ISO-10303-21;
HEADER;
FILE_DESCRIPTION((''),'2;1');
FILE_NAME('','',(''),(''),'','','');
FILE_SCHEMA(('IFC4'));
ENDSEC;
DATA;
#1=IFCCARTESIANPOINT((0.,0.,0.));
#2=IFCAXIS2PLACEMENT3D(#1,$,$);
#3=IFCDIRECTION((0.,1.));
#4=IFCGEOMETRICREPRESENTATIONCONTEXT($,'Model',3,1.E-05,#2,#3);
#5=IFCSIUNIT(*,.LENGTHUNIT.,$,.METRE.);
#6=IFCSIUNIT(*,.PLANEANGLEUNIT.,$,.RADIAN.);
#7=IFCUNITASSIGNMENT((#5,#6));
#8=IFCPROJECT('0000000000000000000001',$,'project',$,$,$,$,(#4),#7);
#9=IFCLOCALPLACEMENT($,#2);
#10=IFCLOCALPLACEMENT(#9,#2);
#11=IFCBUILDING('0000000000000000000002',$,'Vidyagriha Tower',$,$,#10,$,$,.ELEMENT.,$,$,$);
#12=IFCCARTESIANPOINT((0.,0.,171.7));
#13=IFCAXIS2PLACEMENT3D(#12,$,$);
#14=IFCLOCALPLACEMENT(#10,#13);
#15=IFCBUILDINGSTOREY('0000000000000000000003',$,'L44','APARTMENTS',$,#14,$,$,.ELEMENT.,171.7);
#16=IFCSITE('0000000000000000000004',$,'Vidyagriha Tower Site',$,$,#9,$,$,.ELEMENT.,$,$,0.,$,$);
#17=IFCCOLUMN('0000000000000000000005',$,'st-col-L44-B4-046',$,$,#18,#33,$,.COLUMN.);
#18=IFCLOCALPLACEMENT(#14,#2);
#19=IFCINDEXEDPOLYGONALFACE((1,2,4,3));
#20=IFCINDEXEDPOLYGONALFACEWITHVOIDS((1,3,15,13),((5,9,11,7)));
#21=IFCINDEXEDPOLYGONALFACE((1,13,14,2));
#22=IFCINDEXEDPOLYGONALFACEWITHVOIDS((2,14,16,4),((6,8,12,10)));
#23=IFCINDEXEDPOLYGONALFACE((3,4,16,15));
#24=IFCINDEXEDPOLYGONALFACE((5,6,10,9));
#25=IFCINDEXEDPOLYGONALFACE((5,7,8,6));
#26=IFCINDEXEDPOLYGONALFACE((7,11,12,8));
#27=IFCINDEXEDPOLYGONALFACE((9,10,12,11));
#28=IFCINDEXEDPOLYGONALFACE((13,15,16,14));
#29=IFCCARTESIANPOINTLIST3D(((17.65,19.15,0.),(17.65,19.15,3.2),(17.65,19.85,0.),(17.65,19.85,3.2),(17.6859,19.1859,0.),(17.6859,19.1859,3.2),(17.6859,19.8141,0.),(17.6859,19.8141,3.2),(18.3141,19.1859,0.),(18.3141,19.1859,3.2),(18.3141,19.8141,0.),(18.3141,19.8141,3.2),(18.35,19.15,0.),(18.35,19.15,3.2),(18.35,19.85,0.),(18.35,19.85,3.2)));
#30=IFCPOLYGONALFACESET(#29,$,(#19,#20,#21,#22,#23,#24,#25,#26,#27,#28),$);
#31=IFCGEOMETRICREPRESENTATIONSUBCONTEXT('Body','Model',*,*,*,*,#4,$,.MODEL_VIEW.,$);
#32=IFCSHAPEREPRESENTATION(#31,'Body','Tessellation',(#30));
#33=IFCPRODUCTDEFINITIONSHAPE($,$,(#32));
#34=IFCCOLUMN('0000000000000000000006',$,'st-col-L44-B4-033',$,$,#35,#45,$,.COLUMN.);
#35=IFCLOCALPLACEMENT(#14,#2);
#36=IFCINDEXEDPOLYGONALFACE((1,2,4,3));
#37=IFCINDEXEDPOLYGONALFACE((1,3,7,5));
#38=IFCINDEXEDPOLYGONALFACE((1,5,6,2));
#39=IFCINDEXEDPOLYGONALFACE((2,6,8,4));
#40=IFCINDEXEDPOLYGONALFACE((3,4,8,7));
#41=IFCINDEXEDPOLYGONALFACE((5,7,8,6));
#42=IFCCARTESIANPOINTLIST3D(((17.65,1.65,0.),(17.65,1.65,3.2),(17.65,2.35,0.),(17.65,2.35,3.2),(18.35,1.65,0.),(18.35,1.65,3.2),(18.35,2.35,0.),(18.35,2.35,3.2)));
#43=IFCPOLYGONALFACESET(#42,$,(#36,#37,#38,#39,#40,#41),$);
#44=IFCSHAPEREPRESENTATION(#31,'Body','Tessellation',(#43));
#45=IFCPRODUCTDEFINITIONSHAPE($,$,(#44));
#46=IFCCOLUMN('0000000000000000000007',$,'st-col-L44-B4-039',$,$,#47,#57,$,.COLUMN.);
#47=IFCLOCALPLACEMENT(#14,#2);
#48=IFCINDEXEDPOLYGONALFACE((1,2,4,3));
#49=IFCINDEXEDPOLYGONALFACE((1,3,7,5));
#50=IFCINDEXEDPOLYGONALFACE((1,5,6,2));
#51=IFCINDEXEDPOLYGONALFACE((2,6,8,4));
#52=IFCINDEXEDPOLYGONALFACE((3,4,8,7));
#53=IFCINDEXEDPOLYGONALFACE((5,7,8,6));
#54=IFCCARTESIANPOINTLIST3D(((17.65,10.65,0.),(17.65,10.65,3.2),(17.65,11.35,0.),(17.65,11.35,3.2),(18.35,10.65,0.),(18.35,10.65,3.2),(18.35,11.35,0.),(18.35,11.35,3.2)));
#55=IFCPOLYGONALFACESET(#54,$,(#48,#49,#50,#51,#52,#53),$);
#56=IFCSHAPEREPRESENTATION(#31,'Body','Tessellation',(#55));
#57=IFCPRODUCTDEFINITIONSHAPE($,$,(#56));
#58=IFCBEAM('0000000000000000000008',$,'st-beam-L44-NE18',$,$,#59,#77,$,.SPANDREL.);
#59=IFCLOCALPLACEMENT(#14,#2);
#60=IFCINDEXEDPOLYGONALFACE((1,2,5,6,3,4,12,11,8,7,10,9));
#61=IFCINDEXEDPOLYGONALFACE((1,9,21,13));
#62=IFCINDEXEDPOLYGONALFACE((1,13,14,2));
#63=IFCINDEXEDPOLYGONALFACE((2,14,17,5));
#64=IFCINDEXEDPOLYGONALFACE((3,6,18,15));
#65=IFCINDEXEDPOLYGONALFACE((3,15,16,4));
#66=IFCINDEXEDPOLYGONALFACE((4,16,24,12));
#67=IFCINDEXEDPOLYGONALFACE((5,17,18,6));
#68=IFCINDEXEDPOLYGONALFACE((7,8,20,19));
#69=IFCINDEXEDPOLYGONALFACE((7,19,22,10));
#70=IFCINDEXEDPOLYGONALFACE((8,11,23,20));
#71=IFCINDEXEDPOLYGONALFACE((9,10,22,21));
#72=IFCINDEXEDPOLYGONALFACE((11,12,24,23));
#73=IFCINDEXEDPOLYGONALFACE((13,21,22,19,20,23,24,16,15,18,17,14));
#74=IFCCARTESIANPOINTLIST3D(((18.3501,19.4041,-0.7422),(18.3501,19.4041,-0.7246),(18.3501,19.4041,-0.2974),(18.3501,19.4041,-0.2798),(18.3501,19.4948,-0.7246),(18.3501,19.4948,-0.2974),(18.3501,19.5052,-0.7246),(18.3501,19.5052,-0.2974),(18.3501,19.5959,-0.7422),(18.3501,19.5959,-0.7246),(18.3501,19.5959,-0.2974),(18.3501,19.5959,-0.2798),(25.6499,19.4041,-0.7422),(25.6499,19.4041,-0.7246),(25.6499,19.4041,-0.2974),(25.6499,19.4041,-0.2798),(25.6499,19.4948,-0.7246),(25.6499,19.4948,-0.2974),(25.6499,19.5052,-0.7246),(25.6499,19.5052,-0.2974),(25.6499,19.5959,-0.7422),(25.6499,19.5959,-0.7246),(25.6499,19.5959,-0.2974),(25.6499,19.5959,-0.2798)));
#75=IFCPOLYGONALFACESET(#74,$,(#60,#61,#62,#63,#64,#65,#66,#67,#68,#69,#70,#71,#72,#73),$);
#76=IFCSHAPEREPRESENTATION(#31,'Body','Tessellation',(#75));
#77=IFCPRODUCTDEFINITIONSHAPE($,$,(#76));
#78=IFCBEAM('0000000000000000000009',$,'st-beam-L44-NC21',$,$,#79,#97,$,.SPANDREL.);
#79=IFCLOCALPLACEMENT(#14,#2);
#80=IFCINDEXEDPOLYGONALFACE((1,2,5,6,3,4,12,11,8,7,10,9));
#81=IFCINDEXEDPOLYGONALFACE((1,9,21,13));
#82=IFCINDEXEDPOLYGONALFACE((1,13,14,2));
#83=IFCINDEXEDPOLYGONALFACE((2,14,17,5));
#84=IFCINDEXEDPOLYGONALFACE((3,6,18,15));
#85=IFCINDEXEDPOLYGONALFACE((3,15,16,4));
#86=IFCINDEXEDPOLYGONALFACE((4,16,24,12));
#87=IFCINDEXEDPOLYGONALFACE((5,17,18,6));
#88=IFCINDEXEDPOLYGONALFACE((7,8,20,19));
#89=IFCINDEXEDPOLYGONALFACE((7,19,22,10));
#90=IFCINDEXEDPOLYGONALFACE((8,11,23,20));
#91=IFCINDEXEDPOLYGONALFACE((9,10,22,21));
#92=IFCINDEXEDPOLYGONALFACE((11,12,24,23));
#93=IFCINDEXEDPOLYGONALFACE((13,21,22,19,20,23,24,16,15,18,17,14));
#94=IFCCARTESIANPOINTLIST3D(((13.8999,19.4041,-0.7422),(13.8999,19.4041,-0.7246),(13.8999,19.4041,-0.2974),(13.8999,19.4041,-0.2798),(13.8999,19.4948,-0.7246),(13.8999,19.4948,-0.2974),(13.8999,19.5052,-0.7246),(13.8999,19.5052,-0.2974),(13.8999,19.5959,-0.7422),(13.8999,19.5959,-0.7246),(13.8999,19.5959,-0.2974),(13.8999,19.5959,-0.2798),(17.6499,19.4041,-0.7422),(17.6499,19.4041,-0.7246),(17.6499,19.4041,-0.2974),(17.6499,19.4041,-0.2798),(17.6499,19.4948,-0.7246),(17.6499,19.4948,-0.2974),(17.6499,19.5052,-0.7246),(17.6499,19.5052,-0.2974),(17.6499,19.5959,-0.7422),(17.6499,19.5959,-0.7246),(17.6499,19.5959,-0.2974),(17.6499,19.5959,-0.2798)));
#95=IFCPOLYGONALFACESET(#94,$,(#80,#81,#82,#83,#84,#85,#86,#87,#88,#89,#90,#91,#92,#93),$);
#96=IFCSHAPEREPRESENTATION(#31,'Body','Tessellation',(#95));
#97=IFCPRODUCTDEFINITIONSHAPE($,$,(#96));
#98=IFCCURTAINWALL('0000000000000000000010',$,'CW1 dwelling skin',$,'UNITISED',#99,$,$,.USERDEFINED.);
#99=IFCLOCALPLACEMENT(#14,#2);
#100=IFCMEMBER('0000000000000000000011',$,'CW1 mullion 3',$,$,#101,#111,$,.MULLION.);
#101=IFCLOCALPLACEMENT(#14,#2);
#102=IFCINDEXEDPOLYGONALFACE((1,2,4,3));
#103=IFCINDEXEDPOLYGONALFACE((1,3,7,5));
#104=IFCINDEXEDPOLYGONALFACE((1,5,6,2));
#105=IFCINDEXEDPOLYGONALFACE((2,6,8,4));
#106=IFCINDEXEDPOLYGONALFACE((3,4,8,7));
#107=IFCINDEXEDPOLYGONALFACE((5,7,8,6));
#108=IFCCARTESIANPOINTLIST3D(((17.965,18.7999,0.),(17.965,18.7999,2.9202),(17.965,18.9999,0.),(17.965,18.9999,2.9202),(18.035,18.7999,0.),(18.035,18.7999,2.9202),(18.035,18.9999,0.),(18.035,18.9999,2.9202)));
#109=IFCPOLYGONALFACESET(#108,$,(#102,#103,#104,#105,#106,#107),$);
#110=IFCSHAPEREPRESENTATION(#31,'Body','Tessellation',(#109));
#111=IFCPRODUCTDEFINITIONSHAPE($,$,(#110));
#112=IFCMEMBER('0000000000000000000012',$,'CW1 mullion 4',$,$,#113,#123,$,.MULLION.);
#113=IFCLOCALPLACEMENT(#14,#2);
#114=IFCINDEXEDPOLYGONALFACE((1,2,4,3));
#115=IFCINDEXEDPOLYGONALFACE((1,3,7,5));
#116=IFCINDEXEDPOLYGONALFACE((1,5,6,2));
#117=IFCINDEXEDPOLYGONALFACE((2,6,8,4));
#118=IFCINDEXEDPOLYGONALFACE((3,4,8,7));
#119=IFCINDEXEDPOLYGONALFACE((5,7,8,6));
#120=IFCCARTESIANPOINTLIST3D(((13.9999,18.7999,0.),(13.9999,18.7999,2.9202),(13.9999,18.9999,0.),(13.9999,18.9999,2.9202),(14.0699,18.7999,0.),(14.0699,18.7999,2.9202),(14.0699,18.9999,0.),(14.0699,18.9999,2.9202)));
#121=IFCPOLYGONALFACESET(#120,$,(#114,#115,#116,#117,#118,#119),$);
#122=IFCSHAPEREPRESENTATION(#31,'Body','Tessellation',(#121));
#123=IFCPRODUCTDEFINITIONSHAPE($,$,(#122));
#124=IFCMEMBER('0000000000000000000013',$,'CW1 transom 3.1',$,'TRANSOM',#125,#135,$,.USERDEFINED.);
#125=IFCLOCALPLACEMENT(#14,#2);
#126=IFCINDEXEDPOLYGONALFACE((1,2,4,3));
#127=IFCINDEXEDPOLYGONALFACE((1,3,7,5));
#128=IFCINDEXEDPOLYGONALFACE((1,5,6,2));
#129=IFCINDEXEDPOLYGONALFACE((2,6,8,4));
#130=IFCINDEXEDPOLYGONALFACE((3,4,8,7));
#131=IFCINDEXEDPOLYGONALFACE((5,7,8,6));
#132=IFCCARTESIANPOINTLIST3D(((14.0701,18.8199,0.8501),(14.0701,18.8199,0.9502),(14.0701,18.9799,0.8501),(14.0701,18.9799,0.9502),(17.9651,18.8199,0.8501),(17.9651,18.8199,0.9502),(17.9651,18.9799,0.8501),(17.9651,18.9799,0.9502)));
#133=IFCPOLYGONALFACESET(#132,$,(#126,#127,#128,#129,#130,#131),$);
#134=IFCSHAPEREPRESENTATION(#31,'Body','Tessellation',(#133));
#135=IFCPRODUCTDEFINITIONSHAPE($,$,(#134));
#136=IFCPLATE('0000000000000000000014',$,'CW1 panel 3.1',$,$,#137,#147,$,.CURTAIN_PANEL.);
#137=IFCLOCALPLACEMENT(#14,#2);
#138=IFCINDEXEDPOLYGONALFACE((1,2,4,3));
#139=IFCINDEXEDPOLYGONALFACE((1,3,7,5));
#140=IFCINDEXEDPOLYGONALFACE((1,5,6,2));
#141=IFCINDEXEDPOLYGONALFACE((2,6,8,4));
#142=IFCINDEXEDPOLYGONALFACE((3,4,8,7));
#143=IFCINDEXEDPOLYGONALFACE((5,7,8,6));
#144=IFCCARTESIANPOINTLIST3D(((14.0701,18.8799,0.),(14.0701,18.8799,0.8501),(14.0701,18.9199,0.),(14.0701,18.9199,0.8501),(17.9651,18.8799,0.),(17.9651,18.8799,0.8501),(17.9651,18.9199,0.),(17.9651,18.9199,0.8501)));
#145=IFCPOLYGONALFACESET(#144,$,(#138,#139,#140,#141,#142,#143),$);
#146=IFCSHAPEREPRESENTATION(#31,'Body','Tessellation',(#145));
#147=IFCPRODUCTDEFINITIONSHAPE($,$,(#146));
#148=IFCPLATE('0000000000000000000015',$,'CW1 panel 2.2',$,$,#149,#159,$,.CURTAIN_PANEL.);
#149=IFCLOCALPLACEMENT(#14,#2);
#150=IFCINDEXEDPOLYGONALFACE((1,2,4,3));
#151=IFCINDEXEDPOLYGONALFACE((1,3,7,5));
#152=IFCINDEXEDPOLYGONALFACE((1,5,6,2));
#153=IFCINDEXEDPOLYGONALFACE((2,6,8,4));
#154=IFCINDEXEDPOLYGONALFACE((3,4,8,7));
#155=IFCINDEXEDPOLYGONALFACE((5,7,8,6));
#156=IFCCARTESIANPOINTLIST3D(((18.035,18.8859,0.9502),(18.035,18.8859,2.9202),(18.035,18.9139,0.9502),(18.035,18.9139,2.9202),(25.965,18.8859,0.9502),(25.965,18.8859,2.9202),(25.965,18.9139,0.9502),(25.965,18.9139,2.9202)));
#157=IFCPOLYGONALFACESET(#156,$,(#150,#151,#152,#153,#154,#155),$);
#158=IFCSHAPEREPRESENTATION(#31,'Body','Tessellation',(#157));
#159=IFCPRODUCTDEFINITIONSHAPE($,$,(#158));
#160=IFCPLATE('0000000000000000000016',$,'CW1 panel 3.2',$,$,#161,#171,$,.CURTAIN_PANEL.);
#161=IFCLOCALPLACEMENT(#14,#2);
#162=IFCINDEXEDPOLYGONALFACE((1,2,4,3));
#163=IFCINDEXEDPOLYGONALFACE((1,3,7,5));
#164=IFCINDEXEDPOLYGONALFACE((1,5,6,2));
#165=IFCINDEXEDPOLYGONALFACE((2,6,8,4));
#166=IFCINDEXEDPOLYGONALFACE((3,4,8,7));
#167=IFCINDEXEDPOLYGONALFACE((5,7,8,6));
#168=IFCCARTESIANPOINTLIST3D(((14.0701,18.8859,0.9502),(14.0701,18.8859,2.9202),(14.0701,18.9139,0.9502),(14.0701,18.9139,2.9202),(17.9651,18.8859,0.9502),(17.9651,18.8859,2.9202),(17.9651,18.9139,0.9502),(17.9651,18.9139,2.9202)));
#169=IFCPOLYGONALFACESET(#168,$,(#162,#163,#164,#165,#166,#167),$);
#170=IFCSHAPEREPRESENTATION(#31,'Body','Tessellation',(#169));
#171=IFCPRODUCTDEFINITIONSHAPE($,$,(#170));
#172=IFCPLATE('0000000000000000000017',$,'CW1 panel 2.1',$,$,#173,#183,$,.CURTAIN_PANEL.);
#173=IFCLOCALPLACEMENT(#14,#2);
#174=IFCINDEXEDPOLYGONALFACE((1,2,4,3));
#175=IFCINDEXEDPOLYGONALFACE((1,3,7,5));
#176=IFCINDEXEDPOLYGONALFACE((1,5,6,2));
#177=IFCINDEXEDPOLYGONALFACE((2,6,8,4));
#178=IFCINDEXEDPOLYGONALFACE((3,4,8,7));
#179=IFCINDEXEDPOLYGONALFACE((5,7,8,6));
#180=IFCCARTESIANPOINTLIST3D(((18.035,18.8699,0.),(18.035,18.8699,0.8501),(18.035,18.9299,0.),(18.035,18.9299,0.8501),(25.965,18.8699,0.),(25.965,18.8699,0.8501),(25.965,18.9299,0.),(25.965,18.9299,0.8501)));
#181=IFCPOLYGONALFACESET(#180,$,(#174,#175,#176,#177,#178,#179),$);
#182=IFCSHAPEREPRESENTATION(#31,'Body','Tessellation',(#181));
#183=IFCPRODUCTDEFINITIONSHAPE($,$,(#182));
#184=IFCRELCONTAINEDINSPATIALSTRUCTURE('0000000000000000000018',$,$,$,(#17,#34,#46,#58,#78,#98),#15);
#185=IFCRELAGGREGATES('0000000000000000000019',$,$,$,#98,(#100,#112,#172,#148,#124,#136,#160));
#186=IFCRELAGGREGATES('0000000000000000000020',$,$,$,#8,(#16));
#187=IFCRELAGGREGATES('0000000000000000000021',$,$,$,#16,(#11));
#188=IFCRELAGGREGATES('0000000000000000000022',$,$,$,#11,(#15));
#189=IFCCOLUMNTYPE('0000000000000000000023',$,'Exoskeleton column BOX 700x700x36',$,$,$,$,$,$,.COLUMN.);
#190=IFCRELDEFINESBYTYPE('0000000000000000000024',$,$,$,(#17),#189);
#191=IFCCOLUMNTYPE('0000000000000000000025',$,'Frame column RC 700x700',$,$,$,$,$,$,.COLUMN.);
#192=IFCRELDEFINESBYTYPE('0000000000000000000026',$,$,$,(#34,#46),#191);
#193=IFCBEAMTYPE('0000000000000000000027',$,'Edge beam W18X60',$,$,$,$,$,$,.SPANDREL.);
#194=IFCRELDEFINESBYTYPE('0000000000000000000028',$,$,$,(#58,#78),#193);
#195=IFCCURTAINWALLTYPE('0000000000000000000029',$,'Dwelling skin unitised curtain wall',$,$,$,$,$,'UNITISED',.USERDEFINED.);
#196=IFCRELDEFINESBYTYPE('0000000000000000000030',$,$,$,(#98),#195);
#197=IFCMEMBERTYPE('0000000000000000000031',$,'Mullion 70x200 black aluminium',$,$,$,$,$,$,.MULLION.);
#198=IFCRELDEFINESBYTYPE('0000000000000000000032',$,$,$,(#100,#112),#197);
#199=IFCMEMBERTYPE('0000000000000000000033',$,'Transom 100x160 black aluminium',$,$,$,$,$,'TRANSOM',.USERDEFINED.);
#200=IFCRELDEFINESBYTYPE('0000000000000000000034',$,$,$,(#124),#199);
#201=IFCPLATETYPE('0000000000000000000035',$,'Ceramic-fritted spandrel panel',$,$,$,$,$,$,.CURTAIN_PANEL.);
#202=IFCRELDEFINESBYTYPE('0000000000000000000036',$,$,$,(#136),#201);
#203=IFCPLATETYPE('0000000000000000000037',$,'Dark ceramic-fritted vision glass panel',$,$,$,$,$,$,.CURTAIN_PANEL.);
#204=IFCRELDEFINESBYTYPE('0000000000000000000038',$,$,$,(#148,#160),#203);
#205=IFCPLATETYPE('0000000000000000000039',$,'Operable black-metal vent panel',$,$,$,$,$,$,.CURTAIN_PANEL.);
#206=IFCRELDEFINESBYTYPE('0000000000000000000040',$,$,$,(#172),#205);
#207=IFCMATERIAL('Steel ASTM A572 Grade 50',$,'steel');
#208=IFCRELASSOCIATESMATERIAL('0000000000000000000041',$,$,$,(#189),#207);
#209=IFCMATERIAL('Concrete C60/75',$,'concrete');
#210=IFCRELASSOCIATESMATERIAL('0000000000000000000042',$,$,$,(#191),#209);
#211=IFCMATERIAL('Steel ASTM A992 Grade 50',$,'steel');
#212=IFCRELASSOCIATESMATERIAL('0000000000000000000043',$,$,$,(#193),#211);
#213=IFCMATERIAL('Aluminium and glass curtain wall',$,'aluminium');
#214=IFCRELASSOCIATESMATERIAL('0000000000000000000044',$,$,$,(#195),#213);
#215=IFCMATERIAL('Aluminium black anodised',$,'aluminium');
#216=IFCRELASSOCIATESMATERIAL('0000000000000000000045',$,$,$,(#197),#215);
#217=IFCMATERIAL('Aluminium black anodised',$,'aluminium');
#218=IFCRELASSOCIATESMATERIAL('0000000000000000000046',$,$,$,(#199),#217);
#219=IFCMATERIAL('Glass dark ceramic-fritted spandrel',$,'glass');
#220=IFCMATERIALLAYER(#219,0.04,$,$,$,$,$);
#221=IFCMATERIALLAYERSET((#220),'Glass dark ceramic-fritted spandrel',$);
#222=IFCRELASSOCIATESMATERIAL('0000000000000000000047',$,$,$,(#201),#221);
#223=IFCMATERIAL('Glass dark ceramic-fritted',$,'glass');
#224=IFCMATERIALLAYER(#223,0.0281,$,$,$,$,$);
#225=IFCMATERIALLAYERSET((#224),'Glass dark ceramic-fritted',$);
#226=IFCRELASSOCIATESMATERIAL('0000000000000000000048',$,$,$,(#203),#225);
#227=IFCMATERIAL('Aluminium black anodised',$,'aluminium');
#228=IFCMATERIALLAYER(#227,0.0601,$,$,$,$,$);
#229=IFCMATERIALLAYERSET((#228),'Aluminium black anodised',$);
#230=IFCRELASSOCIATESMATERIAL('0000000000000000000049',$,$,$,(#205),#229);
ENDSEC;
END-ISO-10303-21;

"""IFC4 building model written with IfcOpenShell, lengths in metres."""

from ifc_helpers import new_model, si_unit, direction, frame, origin, origin_2d, place, context, subcontext, project, spatial, rectangle, hollow_rectangle, i_section, extrude, material, layer, layer_set, material_profile, profile_set, type_object, element, aggregate, save


model = new_model("IFC4")

# Units and contexts
model_context = context("Model", 3, precision=1e-05, world=origin(), true_north=direction((0.0, 1.0)))
body_context = subcontext(model_context, "Body", "Model", "MODEL_VIEW")
ifc_project = project(units=[si_unit("LENGTHUNIT", "METRE"), si_unit("PLANEANGLEUNIT", "RADIAN")], contexts=[model_context])

# Site, building, storey
site_placement = place(None, origin())
site = spatial("IfcSite", under=ifc_project, at=site_placement, Name="Vidyagriha Tower Site", CompositionType="ELEMENT", RefElevation=0.0)
building_placement = place(site_placement, origin())
building = spatial("IfcBuilding", under=site, at=building_placement, Name="Vidyagriha Tower", CompositionType="ELEMENT")
storey_placement = place(building_placement, frame((0.0, 0.0, 171.7)))
storey = spatial("IfcBuildingStorey", under=building, at=storey_placement, Name="L44", Description="APARTMENTS", CompositionType="ELEMENT", Elevation=171.7)

# Columns
ifc_material_1 = material(Name="Steel ASTM A572 Grade 50", Category="steel")
ifc_material_profile_1 = material_profile(ifc_material_1, hollow_rectangle(XDim=0.7, YDim=0.7, WallThickness=0.0359, at=origin_2d()), Name="BOX 700x700x36")
ifc_profile_set_1 = profile_set([ifc_material_profile_1], Name="Steel ASTM A572 Grade 50")
column_type_1 = type_object("IfcColumnType", Name="Exoskeleton column BOX 700x700x36", PredefinedType="COLUMN", material=ifc_profile_set_1)
column_placement = place(storey_placement, frame((18.0, 19.5, 0.0)))
element("IfcColumn", 1, at=column_placement, inside=storey, type_object=column_type_1, Name="st-col-L44-B4-046", PredefinedType="COLUMN", context=body_context, shape_type="SweptSolid", body=[
    extrude(hollow_rectangle(XDim=0.7, YDim=0.7, WallThickness=0.0359, at=origin_2d()), origin(), (0.0, 0.0, 1.0), 3.2),
])
ifc_material_2 = material(Name="Concrete C60/75", Category="concrete")
ifc_material_profile_2 = material_profile(ifc_material_2, rectangle(XDim=0.7, YDim=0.7, at=origin_2d()), Name="RC 700x700")
ifc_profile_set_2 = profile_set([ifc_material_profile_2], Name="Concrete C60/75")
column_type_2 = type_object("IfcColumnType", Name="Frame column RC 700x700", PredefinedType="COLUMN", material=ifc_profile_set_2)
for number, where, name in (
    (2, (18.0, 2.0, 0.0), "st-col-L44-B4-033"),
    (3, (18.0, 11.0, 0.0), "st-col-L44-B4-039"),
):
    element("IfcColumn", number, at=place(storey_placement, frame(where)), inside=storey, type_object=column_type_2, Name=name, PredefinedType="COLUMN", context=body_context, shape_type="SweptSolid", body=[
        extrude(rectangle(XDim=0.7, YDim=0.7, at=origin_2d()), origin(), (0.0, 0.0, 1.0), 3.2),
    ])

# Beams
ifc_material_3 = material(Name="Steel ASTM A992 Grade 50", Category="steel")
ifc_material_profile_3 = material_profile(ifc_material_3, i_section(OverallWidth=0.1919, OverallDepth=0.4624, WebThickness=0.0105, FlangeThickness=0.0176, at=origin_2d()), Name="W18X60")
ifc_profile_set_3 = profile_set([ifc_material_profile_3], Name="Steel ASTM A992 Grade 50")
beam_type = type_object("IfcBeamType", Name="Edge beam W18X60", PredefinedType="SPANDREL", material=ifc_profile_set_3)
beam_1_placement = place(storey_placement, frame((18.3501, 19.5, -0.511), z_axis=(1.0, 0.0, 0.0), x_axis=(0.0, 1.0, 0.0)))
element("IfcBeam", 4, at=beam_1_placement, inside=storey, type_object=beam_type, Name="st-beam-L44-NE18", PredefinedType="SPANDREL", context=body_context, shape_type="SweptSolid", body=[
    extrude(i_section(OverallWidth=0.1919, OverallDepth=0.4624, WebThickness=0.0105, FlangeThickness=0.0176, at=origin_2d()), origin(), (0.0, 0.0, 1.0), 7.2998),
])
beam_2_placement = place(storey_placement, frame((13.8999, 19.5, -0.511), z_axis=(1.0, 0.0, 0.0), x_axis=(0.0, 1.0, 0.0)))
element("IfcBeam", 5, at=beam_2_placement, inside=storey, type_object=beam_type, Name="st-beam-L44-NC21", PredefinedType="SPANDREL", context=body_context, shape_type="SweptSolid", body=[
    extrude(i_section(OverallWidth=0.1919, OverallDepth=0.4624, WebThickness=0.0105, FlangeThickness=0.0176, at=origin_2d()), origin(), (0.0, 0.0, 1.0), 3.75),
])

# Curtain wall, members, plates
ifc_material_4 = material(Name="Aluminium and glass curtain wall", Category="aluminium")
curtain_wall_type = type_object("IfcCurtainWallType", Name="Dwelling skin unitised curtain wall", ElementType="UNITISED", PredefinedType="USERDEFINED", material=ifc_material_4)
curtain_wall_placement = place(storey_placement, origin())
curtain_wall = element("IfcCurtainWall", 6, at=curtain_wall_placement, inside=storey, type_object=curtain_wall_type, Name="CW1 dwelling skin", ObjectType="UNITISED", PredefinedType="USERDEFINED")
ifc_material_5 = material(Name="Aluminium black anodised", Category="aluminium")
ifc_material_profile_4 = material_profile(ifc_material_5, rectangle(XDim=0.2, YDim=0.0701, at=origin_2d()), Name="Mullion 70x200 black aluminium")
ifc_profile_set_4 = profile_set([ifc_material_profile_4], Name="Aluminium black anodised")
member_type_1 = type_object("IfcMemberType", Name="Mullion 70x200 black aluminium", PredefinedType="MULLION", material=ifc_profile_set_4)
member_1_placement = place(storey_placement, frame((18.0, 18.8999, 0.0), z_axis=(0.0, 0.0, 1.0), x_axis=(0.0, -1.0, 0.0)))
member_1 = element("IfcMember", 7, at=member_1_placement, type_object=member_type_1, Name="CW1 mullion 3", PredefinedType="MULLION", context=body_context, shape_type="SweptSolid", body=[
    extrude(rectangle(XDim=0.2, YDim=0.0701, at=origin_2d()), origin(), (0.0, 0.0, 1.0), 2.9202),
])
member_2_placement = place(storey_placement, frame((14.0349, 18.8999, 0.0), z_axis=(0.0, 0.0, 1.0), x_axis=(0.0, -1.0, 0.0)))
member_2 = element("IfcMember", 8, at=member_2_placement, type_object=member_type_1, Name="CW1 mullion 4", PredefinedType="MULLION", context=body_context, shape_type="SweptSolid", body=[
    extrude(rectangle(XDim=0.2, YDim=0.0701, at=origin_2d()), origin(), (0.0, 0.0, 1.0), 2.9202),
])
ifc_material_6 = material(Name="Aluminium black anodised", Category="aluminium")
ifc_material_profile_5 = material_profile(ifc_material_6, rectangle(XDim=0.1599, YDim=0.1001, at=origin_2d()), Name="Transom 100x160 black aluminium")
ifc_profile_set_5 = profile_set([ifc_material_profile_5], Name="Aluminium black anodised")
member_type_2 = type_object("IfcMemberType", Name="Transom 100x160 black aluminium", ElementType="TRANSOM", PredefinedType="USERDEFINED", material=ifc_profile_set_5)
member_3_placement = place(storey_placement, frame((17.9651, 18.8999, 0.9001), z_axis=(-1.0, 0.0, 0.0), x_axis=(0.0, -1.0, 0.0)))
member_3 = element("IfcMember", 9, at=member_3_placement, type_object=member_type_2, Name="CW1 transom 3.1", ObjectType="TRANSOM", PredefinedType="USERDEFINED", context=body_context, shape_type="SweptSolid", body=[
    extrude(rectangle(XDim=0.1599, YDim=0.1001, at=origin_2d()), origin(), (0.0, 0.0, 1.0), 3.895),
])
ifc_material_7 = material(Name="Glass dark ceramic-fritted spandrel", Category="glass")
ifc_layer_1 = layer(ifc_material_7, 0.04)
ifc_layer_set_1 = layer_set([ifc_layer_1], Name="Glass dark ceramic-fritted spandrel")
plate_type_1 = type_object("IfcPlateType", Name="Ceramic-fritted spandrel panel", PredefinedType="CURTAIN_PANEL", material=ifc_layer_set_1)
plate_1_placement = place(storey_placement, frame((16.0176, 18.8999, 0.0), z_axis=(0.0, 0.0, 1.0), x_axis=(-1.0, 0.0, 0.0)))
plate_1 = element("IfcPlate", 10, at=plate_1_placement, type_object=plate_type_1, Name="CW1 panel 3.1", PredefinedType="CURTAIN_PANEL", context=body_context, shape_type="SweptSolid", body=[
    extrude(rectangle(XDim=3.895, YDim=0.04, at=origin_2d()), origin(), (0.0, 0.0, 1.0), 0.8501),
])
ifc_material_8 = material(Name="Glass dark ceramic-fritted", Category="glass")
ifc_layer_2 = layer(ifc_material_8, 0.0281)
ifc_layer_set_2 = layer_set([ifc_layer_2], Name="Glass dark ceramic-fritted")
plate_type_2 = type_object("IfcPlateType", Name="Dark ceramic-fritted vision glass panel", PredefinedType="CURTAIN_PANEL", material=ifc_layer_set_2)
plate_2_placement = place(storey_placement, frame((22.0, 18.8999, 0.9502), z_axis=(0.0, 0.0, 1.0), x_axis=(-1.0, 0.0, 0.0)))
plate_2 = element("IfcPlate", 11, at=plate_2_placement, type_object=plate_type_2, Name="CW1 panel 2.2", PredefinedType="CURTAIN_PANEL", context=body_context, shape_type="SweptSolid", body=[
    extrude(rectangle(XDim=7.9299, YDim=0.0281, at=origin_2d()), origin(), (0.0, 0.0, 1.0), 1.97),
])
plate_3_placement = place(storey_placement, frame((16.0176, 18.8999, 0.9502), z_axis=(0.0, 0.0, 1.0), x_axis=(-1.0, 0.0, 0.0)))
plate_3 = element("IfcPlate", 12, at=plate_3_placement, type_object=plate_type_2, Name="CW1 panel 3.2", PredefinedType="CURTAIN_PANEL", context=body_context, shape_type="SweptSolid", body=[
    extrude(rectangle(XDim=3.895, YDim=0.0281, at=origin_2d()), origin(), (0.0, 0.0, 1.0), 1.97),
])
ifc_material_9 = material(Name="Aluminium black anodised", Category="aluminium")
ifc_layer_3 = layer(ifc_material_9, 0.0601)
ifc_layer_set_3 = layer_set([ifc_layer_3], Name="Aluminium black anodised")
plate_type_3 = type_object("IfcPlateType", Name="Operable black-metal vent panel", PredefinedType="CURTAIN_PANEL", material=ifc_layer_set_3)
plate_4_placement = place(storey_placement, frame((22.0, 18.8999, 0.0), z_axis=(0.0, 0.0, 1.0), x_axis=(-1.0, 0.0, 0.0)))
plate_4 = element("IfcPlate", 13, at=plate_4_placement, type_object=plate_type_3, Name="CW1 panel 2.1", PredefinedType="CURTAIN_PANEL", context=body_context, shape_type="SweptSolid", body=[
    extrude(rectangle(XDim=7.9299, YDim=0.0601, at=origin_2d()), origin(), (0.0, 0.0, 1.0), 0.8501),
])
aggregate(curtain_wall, [member_1, member_2, plate_4, plate_2, member_3, plate_1, plate_3])

save(model, "model.ifc")
